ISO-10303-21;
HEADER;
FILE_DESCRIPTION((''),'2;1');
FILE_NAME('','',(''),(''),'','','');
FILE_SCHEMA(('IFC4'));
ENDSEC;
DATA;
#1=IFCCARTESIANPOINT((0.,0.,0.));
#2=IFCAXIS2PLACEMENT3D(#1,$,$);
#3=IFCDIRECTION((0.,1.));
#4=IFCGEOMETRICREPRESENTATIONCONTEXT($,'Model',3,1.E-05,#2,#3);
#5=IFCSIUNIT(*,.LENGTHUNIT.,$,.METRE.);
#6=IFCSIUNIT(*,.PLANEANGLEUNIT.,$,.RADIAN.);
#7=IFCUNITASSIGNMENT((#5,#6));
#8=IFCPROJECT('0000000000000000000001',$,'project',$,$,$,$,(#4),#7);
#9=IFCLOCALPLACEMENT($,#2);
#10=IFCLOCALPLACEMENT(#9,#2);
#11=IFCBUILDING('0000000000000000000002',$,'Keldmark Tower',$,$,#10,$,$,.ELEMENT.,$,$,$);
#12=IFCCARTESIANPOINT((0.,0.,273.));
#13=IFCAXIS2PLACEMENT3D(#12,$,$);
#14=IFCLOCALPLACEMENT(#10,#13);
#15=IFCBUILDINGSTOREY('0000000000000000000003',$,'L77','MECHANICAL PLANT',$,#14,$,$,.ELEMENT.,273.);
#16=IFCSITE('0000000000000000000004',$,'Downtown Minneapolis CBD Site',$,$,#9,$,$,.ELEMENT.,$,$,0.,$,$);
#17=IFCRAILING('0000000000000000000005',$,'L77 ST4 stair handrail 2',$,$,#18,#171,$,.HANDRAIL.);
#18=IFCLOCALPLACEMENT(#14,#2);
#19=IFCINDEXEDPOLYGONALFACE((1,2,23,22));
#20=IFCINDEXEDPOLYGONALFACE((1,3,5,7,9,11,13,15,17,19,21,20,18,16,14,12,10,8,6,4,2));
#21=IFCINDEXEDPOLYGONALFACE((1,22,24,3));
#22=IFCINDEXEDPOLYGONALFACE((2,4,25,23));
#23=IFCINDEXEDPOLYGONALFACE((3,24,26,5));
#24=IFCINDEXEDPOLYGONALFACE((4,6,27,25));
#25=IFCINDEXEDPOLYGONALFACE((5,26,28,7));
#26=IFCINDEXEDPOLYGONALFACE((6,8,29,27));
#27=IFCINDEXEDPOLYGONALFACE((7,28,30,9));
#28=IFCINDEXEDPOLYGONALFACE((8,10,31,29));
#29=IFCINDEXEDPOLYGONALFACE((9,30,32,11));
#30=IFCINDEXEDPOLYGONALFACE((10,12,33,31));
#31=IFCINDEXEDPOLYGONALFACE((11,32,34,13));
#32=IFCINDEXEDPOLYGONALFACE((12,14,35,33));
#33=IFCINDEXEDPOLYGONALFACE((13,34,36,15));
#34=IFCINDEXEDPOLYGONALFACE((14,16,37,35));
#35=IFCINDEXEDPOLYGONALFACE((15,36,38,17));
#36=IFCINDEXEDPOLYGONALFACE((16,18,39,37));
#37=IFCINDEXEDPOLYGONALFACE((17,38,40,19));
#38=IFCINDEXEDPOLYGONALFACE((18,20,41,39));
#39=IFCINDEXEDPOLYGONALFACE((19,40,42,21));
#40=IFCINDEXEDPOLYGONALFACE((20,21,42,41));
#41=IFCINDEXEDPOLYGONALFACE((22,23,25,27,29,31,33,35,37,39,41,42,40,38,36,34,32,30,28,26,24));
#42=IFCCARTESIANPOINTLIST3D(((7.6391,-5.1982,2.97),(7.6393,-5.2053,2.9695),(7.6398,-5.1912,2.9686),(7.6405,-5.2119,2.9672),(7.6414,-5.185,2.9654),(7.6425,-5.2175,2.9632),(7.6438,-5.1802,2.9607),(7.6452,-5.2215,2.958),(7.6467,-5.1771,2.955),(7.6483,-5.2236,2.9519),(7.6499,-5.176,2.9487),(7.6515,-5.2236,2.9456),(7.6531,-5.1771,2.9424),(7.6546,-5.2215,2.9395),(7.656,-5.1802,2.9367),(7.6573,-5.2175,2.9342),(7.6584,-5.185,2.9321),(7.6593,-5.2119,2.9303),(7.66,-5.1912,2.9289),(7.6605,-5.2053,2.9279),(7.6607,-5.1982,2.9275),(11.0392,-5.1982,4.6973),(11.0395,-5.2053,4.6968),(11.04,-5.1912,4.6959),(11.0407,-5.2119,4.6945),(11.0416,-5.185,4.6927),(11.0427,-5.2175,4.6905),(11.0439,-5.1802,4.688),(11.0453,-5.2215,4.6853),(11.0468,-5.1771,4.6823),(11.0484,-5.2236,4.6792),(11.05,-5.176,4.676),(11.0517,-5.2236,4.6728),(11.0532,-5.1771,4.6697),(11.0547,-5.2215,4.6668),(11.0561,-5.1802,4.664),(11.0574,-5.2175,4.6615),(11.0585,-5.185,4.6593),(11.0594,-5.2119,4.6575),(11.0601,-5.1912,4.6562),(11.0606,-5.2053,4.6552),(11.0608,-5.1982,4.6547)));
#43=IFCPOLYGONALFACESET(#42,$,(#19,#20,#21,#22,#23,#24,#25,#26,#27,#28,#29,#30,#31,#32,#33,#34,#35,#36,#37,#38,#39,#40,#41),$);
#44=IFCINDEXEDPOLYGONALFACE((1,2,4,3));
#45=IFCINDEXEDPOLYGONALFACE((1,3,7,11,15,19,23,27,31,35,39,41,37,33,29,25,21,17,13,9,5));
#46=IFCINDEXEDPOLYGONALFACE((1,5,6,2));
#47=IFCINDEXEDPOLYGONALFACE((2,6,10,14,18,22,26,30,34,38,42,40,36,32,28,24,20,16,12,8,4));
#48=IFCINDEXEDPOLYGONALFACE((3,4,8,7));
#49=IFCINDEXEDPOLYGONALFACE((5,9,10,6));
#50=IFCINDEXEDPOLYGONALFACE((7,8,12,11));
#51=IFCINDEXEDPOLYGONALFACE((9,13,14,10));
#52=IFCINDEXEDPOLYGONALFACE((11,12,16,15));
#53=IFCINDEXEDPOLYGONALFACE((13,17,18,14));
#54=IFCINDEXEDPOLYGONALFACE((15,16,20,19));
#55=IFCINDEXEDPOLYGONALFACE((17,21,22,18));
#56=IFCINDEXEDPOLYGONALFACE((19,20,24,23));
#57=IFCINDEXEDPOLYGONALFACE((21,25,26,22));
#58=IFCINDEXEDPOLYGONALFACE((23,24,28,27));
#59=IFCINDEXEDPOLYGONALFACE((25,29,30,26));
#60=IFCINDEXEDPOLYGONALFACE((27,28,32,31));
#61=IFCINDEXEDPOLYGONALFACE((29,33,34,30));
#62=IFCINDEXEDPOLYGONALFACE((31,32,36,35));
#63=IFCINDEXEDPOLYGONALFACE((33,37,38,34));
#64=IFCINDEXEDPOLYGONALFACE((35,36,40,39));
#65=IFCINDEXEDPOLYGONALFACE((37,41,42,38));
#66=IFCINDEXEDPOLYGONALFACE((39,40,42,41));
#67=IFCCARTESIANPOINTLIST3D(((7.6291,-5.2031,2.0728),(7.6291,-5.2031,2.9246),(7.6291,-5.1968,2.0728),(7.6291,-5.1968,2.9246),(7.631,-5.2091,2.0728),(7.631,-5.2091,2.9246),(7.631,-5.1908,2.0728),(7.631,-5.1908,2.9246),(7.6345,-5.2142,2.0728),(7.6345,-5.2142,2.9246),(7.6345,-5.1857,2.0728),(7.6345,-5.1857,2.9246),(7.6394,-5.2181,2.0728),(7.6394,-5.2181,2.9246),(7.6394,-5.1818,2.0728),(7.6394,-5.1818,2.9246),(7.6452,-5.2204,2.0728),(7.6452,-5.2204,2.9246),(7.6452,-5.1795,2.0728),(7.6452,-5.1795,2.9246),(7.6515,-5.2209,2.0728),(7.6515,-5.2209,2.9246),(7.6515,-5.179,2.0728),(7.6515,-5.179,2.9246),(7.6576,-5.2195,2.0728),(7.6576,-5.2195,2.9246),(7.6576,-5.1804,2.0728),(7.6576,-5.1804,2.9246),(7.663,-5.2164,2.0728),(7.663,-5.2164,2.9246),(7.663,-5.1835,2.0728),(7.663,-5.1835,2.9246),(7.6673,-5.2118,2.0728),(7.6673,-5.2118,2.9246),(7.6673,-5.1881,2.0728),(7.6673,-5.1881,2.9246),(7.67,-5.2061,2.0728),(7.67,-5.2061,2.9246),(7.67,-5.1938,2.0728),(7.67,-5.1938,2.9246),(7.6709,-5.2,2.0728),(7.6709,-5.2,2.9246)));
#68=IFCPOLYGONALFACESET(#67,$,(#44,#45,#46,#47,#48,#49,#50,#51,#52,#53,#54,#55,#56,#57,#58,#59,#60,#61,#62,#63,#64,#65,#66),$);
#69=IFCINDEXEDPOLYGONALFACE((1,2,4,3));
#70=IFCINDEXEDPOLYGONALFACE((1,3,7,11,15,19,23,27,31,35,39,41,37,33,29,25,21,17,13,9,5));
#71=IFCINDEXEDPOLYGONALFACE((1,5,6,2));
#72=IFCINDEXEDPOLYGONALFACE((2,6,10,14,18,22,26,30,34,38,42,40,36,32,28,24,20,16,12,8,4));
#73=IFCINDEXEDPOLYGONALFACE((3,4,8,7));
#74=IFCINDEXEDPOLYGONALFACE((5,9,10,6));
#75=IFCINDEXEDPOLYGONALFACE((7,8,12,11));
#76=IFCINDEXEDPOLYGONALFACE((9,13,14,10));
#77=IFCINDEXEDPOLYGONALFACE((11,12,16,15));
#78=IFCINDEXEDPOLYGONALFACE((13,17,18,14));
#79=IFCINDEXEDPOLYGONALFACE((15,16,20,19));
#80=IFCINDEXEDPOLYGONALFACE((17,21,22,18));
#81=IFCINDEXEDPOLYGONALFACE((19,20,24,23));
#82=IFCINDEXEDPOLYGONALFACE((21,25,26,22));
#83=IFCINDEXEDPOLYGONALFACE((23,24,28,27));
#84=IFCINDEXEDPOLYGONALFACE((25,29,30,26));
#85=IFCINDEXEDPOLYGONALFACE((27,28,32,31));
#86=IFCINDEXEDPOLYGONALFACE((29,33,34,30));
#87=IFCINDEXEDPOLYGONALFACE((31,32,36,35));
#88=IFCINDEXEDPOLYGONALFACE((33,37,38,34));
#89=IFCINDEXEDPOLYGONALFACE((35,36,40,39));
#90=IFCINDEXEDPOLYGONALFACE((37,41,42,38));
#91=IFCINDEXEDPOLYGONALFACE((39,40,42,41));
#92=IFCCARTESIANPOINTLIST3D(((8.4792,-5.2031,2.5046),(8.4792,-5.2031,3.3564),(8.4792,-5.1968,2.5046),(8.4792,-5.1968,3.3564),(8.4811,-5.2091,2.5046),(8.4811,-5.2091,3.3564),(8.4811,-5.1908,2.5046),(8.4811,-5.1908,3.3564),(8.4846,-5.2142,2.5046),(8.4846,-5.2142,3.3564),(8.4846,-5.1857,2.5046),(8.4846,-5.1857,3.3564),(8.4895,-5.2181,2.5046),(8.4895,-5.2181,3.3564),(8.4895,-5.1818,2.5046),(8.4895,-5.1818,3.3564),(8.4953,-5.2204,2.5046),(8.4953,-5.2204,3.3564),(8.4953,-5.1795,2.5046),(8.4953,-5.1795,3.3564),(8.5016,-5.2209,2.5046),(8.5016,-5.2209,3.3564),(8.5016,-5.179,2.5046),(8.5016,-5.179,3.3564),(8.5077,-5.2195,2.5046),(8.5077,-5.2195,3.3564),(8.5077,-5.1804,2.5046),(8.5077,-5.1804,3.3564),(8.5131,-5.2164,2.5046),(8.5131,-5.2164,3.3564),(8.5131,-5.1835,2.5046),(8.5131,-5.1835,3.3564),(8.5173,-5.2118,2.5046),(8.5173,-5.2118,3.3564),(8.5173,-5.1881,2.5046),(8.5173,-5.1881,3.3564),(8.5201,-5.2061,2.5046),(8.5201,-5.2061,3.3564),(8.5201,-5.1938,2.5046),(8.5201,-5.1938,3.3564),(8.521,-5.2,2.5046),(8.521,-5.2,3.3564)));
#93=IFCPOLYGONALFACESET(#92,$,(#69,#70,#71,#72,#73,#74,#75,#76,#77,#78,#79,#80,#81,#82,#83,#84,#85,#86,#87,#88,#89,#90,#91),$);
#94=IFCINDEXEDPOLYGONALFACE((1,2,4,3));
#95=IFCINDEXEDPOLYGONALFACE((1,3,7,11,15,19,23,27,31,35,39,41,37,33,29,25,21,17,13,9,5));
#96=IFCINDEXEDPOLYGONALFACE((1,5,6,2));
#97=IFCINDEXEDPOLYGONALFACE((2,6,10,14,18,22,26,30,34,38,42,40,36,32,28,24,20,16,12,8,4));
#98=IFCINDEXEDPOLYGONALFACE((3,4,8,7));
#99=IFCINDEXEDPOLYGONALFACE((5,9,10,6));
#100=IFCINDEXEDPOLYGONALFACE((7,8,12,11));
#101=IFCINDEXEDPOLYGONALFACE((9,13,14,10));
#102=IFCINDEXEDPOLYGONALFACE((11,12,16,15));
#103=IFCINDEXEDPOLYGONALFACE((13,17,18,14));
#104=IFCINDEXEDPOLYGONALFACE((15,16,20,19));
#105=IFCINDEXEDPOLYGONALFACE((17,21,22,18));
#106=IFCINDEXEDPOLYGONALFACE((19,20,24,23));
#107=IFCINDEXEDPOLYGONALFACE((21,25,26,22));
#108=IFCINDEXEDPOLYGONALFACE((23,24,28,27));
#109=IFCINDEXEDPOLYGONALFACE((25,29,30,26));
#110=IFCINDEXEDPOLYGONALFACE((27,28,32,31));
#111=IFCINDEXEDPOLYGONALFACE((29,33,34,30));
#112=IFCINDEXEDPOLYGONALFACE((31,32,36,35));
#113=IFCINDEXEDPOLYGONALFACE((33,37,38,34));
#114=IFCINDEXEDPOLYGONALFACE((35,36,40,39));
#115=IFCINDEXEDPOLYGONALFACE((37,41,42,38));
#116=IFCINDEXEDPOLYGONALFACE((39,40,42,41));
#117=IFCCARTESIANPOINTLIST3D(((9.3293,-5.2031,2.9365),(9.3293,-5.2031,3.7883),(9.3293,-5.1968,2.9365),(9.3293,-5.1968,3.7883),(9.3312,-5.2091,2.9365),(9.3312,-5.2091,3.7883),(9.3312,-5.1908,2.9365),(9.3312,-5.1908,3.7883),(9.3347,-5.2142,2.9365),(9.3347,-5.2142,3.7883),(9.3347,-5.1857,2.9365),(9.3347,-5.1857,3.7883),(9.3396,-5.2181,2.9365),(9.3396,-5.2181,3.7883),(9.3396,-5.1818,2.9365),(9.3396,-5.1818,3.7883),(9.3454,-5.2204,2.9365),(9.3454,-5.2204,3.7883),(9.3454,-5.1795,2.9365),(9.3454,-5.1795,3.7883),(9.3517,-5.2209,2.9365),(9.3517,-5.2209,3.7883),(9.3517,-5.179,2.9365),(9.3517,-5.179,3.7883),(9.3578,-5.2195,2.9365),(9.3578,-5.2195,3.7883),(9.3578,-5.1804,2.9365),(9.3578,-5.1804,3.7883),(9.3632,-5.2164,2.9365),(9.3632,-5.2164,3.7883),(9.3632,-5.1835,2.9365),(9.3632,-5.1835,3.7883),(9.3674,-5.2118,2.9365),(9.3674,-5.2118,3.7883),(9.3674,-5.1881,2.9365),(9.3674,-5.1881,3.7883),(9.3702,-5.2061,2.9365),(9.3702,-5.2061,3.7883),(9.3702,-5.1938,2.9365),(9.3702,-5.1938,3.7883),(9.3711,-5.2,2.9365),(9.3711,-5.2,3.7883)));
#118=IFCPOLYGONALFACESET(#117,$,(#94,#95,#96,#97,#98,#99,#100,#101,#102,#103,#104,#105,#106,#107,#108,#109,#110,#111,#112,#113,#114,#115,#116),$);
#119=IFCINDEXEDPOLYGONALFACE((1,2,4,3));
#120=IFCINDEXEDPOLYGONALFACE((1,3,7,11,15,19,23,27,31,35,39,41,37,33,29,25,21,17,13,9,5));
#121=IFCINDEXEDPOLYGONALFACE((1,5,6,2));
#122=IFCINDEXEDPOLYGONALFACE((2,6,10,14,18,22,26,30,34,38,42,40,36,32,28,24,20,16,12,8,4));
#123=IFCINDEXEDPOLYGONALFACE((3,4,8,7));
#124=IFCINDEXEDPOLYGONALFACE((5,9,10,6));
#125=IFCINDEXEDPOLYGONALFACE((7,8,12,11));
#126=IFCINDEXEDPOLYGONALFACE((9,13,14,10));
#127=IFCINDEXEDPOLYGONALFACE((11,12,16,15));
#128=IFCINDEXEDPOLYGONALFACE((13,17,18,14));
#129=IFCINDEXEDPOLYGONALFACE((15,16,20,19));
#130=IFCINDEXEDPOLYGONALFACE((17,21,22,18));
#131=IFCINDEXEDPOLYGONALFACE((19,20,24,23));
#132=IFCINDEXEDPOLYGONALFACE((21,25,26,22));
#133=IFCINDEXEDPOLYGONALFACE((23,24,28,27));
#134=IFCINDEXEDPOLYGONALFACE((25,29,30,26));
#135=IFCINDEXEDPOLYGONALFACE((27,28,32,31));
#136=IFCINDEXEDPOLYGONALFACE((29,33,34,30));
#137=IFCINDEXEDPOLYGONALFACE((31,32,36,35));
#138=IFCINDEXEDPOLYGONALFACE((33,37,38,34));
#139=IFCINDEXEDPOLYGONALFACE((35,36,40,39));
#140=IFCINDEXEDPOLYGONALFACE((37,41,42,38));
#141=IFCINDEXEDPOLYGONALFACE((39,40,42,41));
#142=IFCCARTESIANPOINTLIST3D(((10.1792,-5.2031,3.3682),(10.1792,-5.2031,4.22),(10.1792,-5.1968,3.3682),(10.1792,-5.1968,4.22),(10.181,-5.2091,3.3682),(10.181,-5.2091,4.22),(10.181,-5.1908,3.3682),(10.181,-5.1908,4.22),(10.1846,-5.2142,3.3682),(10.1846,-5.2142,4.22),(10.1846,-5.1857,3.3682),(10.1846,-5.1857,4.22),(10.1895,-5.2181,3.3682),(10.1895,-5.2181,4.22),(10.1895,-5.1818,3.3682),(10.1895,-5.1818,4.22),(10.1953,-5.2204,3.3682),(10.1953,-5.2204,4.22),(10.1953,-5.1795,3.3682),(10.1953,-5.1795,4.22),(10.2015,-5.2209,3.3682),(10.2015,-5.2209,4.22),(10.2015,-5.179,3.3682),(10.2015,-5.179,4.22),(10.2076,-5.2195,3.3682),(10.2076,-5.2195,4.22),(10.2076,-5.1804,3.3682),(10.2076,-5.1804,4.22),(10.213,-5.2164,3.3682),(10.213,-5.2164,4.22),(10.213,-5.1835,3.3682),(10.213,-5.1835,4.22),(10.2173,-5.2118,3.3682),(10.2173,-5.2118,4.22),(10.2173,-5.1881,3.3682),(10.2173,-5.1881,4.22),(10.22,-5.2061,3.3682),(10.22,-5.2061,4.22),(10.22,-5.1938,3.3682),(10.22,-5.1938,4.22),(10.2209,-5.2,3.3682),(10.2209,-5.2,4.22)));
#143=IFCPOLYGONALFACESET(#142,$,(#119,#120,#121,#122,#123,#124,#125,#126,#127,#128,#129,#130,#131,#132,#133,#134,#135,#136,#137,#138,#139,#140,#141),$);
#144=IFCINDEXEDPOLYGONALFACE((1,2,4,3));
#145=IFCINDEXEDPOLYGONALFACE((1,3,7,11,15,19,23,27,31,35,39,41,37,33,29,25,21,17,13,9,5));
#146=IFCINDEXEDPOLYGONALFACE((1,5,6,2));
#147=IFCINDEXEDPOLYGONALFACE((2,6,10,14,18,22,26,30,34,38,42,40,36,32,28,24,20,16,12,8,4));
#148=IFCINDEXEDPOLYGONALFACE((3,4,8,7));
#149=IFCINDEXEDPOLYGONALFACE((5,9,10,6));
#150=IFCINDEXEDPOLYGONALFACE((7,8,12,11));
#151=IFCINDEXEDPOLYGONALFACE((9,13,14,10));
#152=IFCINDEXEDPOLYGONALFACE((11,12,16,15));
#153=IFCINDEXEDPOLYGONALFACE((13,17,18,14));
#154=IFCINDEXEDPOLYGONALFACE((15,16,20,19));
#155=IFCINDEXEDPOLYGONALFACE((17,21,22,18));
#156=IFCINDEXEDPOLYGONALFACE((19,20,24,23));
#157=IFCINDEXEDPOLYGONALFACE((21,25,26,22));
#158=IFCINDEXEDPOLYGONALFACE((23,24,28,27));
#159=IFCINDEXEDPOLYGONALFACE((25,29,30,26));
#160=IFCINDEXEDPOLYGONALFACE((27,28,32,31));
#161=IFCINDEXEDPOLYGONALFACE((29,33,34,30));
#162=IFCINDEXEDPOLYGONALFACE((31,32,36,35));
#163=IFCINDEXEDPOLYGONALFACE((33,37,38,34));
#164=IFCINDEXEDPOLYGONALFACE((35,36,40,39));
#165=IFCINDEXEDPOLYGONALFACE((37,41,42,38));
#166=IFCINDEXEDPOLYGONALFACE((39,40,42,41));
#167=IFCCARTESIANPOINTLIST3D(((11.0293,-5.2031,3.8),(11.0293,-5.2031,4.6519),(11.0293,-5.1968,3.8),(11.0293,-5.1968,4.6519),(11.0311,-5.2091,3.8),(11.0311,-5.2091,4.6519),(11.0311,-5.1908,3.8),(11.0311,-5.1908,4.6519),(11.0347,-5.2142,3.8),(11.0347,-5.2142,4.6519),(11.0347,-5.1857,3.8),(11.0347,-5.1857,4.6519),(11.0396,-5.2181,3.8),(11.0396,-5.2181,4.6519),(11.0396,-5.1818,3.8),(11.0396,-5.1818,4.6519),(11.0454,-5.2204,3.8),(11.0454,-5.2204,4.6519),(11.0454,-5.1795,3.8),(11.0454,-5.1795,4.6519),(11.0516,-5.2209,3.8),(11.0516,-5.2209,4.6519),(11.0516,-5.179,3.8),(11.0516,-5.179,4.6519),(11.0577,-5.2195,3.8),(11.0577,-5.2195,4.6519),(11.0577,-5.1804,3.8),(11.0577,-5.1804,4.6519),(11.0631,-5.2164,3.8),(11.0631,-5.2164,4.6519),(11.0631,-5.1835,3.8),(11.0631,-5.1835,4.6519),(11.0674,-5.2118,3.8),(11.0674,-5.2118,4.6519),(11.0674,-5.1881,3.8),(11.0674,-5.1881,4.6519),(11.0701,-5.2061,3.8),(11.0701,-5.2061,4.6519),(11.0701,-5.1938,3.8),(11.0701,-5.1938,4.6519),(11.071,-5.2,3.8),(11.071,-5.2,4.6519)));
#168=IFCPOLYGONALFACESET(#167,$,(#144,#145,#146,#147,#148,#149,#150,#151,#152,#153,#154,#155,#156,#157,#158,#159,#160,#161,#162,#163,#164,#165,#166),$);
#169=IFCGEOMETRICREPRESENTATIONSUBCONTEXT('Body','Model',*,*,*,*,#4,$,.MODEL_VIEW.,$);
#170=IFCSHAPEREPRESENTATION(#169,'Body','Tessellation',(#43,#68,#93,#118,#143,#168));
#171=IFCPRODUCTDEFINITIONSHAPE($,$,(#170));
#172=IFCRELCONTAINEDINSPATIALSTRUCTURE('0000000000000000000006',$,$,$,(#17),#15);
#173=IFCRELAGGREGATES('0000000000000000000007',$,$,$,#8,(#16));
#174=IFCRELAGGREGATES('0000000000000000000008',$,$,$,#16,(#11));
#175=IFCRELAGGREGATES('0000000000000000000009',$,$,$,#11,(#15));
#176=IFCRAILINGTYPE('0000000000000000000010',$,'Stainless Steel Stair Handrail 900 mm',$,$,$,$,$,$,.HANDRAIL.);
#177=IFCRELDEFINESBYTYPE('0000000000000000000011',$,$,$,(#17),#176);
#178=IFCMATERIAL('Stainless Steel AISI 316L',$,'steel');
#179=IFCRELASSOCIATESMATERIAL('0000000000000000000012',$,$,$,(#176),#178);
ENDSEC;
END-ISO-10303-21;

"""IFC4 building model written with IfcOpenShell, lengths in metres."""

from ifc_helpers import new_model, si_unit, direction, frame, origin, origin_2d, place, context, subcontext, project, spatial, circle, extrude, material, type_object, element, save


model = new_model("IFC4")

# Units and contexts
model_context = context("Model", 3, precision=1e-05, world=origin(), true_north=direction((0.0, 1.0)))
body_context = subcontext(model_context, "Body", "Model", "MODEL_VIEW")
ifc_project = project(units=[si_unit("LENGTHUNIT", "METRE"), si_unit("PLANEANGLEUNIT", "RADIAN")], contexts=[model_context])

# Site, building, storey
site_placement = place(None, origin())
site = spatial("IfcSite", under=ifc_project, at=site_placement, Name="Downtown Minneapolis CBD Site", CompositionType="ELEMENT", RefElevation=0.0)
building_placement = place(site_placement, origin())
building = spatial("IfcBuilding", under=site, at=building_placement, Name="Keldmark Tower", CompositionType="ELEMENT")
storey_placement = place(building_placement, frame((0.0, 0.0, 273.0)))
storey = spatial("IfcBuildingStorey", under=building, at=storey_placement, Name="L77", Description="MECHANICAL PLANT", CompositionType="ELEMENT", Elevation=273.0)

# Railing
ifc_material_1 = material(Name="Stainless Steel AISI 316L", Category="steel")
railing_type_1 = type_object("IfcRailingType", Name="Stainless Steel Stair Handrail 900 mm", PredefinedType="HANDRAIL", material=ifc_material_1)
railing_1_placement = place(storey_placement, frame((7.6499, -5.2, 2.0728)))
element("IfcRailing", 1, at=railing_1_placement, inside=storey, type_object=railing_type_1, Name="L77 ST4 stair handrail 2", PredefinedType="HANDRAIL", context=body_context, shape_type="SweptSolid", body=[
    extrude(circle(Radius=0.0239, at=origin_2d()), frame((0.0, 0.0, 0.876), z_axis=(0.891554, 0.0, 0.452915), x_axis=(0.0, 1.0, 0.0)), (0.0, 0.0, 1.0), 3.8137),
    extrude(circle(Radius=0.021, at=origin_2d()), origin(), (0.0, 0.0, 1.0), 0.8518),
    extrude(circle(Radius=0.021, at=origin_2d()), frame((0.8501, 0.0, 0.4319)), (0.0, 0.0, 1.0), 0.8518),
    extrude(circle(Radius=0.021, at=origin_2d()), frame((1.7002, 0.0, 0.8638)), (0.0, 0.0, 1.0), 0.8518),
    extrude(circle(Radius=0.021, at=origin_2d()), frame((2.55, 0.0, 1.2954)), (0.0, 0.0, 1.0), 0.8518),
    extrude(circle(Radius=0.021, at=origin_2d()), frame((3.4001, 0.0, 1.7273)), (0.0, 0.0, 1.0), 0.8518),
])

save(model, "model.ifc")
